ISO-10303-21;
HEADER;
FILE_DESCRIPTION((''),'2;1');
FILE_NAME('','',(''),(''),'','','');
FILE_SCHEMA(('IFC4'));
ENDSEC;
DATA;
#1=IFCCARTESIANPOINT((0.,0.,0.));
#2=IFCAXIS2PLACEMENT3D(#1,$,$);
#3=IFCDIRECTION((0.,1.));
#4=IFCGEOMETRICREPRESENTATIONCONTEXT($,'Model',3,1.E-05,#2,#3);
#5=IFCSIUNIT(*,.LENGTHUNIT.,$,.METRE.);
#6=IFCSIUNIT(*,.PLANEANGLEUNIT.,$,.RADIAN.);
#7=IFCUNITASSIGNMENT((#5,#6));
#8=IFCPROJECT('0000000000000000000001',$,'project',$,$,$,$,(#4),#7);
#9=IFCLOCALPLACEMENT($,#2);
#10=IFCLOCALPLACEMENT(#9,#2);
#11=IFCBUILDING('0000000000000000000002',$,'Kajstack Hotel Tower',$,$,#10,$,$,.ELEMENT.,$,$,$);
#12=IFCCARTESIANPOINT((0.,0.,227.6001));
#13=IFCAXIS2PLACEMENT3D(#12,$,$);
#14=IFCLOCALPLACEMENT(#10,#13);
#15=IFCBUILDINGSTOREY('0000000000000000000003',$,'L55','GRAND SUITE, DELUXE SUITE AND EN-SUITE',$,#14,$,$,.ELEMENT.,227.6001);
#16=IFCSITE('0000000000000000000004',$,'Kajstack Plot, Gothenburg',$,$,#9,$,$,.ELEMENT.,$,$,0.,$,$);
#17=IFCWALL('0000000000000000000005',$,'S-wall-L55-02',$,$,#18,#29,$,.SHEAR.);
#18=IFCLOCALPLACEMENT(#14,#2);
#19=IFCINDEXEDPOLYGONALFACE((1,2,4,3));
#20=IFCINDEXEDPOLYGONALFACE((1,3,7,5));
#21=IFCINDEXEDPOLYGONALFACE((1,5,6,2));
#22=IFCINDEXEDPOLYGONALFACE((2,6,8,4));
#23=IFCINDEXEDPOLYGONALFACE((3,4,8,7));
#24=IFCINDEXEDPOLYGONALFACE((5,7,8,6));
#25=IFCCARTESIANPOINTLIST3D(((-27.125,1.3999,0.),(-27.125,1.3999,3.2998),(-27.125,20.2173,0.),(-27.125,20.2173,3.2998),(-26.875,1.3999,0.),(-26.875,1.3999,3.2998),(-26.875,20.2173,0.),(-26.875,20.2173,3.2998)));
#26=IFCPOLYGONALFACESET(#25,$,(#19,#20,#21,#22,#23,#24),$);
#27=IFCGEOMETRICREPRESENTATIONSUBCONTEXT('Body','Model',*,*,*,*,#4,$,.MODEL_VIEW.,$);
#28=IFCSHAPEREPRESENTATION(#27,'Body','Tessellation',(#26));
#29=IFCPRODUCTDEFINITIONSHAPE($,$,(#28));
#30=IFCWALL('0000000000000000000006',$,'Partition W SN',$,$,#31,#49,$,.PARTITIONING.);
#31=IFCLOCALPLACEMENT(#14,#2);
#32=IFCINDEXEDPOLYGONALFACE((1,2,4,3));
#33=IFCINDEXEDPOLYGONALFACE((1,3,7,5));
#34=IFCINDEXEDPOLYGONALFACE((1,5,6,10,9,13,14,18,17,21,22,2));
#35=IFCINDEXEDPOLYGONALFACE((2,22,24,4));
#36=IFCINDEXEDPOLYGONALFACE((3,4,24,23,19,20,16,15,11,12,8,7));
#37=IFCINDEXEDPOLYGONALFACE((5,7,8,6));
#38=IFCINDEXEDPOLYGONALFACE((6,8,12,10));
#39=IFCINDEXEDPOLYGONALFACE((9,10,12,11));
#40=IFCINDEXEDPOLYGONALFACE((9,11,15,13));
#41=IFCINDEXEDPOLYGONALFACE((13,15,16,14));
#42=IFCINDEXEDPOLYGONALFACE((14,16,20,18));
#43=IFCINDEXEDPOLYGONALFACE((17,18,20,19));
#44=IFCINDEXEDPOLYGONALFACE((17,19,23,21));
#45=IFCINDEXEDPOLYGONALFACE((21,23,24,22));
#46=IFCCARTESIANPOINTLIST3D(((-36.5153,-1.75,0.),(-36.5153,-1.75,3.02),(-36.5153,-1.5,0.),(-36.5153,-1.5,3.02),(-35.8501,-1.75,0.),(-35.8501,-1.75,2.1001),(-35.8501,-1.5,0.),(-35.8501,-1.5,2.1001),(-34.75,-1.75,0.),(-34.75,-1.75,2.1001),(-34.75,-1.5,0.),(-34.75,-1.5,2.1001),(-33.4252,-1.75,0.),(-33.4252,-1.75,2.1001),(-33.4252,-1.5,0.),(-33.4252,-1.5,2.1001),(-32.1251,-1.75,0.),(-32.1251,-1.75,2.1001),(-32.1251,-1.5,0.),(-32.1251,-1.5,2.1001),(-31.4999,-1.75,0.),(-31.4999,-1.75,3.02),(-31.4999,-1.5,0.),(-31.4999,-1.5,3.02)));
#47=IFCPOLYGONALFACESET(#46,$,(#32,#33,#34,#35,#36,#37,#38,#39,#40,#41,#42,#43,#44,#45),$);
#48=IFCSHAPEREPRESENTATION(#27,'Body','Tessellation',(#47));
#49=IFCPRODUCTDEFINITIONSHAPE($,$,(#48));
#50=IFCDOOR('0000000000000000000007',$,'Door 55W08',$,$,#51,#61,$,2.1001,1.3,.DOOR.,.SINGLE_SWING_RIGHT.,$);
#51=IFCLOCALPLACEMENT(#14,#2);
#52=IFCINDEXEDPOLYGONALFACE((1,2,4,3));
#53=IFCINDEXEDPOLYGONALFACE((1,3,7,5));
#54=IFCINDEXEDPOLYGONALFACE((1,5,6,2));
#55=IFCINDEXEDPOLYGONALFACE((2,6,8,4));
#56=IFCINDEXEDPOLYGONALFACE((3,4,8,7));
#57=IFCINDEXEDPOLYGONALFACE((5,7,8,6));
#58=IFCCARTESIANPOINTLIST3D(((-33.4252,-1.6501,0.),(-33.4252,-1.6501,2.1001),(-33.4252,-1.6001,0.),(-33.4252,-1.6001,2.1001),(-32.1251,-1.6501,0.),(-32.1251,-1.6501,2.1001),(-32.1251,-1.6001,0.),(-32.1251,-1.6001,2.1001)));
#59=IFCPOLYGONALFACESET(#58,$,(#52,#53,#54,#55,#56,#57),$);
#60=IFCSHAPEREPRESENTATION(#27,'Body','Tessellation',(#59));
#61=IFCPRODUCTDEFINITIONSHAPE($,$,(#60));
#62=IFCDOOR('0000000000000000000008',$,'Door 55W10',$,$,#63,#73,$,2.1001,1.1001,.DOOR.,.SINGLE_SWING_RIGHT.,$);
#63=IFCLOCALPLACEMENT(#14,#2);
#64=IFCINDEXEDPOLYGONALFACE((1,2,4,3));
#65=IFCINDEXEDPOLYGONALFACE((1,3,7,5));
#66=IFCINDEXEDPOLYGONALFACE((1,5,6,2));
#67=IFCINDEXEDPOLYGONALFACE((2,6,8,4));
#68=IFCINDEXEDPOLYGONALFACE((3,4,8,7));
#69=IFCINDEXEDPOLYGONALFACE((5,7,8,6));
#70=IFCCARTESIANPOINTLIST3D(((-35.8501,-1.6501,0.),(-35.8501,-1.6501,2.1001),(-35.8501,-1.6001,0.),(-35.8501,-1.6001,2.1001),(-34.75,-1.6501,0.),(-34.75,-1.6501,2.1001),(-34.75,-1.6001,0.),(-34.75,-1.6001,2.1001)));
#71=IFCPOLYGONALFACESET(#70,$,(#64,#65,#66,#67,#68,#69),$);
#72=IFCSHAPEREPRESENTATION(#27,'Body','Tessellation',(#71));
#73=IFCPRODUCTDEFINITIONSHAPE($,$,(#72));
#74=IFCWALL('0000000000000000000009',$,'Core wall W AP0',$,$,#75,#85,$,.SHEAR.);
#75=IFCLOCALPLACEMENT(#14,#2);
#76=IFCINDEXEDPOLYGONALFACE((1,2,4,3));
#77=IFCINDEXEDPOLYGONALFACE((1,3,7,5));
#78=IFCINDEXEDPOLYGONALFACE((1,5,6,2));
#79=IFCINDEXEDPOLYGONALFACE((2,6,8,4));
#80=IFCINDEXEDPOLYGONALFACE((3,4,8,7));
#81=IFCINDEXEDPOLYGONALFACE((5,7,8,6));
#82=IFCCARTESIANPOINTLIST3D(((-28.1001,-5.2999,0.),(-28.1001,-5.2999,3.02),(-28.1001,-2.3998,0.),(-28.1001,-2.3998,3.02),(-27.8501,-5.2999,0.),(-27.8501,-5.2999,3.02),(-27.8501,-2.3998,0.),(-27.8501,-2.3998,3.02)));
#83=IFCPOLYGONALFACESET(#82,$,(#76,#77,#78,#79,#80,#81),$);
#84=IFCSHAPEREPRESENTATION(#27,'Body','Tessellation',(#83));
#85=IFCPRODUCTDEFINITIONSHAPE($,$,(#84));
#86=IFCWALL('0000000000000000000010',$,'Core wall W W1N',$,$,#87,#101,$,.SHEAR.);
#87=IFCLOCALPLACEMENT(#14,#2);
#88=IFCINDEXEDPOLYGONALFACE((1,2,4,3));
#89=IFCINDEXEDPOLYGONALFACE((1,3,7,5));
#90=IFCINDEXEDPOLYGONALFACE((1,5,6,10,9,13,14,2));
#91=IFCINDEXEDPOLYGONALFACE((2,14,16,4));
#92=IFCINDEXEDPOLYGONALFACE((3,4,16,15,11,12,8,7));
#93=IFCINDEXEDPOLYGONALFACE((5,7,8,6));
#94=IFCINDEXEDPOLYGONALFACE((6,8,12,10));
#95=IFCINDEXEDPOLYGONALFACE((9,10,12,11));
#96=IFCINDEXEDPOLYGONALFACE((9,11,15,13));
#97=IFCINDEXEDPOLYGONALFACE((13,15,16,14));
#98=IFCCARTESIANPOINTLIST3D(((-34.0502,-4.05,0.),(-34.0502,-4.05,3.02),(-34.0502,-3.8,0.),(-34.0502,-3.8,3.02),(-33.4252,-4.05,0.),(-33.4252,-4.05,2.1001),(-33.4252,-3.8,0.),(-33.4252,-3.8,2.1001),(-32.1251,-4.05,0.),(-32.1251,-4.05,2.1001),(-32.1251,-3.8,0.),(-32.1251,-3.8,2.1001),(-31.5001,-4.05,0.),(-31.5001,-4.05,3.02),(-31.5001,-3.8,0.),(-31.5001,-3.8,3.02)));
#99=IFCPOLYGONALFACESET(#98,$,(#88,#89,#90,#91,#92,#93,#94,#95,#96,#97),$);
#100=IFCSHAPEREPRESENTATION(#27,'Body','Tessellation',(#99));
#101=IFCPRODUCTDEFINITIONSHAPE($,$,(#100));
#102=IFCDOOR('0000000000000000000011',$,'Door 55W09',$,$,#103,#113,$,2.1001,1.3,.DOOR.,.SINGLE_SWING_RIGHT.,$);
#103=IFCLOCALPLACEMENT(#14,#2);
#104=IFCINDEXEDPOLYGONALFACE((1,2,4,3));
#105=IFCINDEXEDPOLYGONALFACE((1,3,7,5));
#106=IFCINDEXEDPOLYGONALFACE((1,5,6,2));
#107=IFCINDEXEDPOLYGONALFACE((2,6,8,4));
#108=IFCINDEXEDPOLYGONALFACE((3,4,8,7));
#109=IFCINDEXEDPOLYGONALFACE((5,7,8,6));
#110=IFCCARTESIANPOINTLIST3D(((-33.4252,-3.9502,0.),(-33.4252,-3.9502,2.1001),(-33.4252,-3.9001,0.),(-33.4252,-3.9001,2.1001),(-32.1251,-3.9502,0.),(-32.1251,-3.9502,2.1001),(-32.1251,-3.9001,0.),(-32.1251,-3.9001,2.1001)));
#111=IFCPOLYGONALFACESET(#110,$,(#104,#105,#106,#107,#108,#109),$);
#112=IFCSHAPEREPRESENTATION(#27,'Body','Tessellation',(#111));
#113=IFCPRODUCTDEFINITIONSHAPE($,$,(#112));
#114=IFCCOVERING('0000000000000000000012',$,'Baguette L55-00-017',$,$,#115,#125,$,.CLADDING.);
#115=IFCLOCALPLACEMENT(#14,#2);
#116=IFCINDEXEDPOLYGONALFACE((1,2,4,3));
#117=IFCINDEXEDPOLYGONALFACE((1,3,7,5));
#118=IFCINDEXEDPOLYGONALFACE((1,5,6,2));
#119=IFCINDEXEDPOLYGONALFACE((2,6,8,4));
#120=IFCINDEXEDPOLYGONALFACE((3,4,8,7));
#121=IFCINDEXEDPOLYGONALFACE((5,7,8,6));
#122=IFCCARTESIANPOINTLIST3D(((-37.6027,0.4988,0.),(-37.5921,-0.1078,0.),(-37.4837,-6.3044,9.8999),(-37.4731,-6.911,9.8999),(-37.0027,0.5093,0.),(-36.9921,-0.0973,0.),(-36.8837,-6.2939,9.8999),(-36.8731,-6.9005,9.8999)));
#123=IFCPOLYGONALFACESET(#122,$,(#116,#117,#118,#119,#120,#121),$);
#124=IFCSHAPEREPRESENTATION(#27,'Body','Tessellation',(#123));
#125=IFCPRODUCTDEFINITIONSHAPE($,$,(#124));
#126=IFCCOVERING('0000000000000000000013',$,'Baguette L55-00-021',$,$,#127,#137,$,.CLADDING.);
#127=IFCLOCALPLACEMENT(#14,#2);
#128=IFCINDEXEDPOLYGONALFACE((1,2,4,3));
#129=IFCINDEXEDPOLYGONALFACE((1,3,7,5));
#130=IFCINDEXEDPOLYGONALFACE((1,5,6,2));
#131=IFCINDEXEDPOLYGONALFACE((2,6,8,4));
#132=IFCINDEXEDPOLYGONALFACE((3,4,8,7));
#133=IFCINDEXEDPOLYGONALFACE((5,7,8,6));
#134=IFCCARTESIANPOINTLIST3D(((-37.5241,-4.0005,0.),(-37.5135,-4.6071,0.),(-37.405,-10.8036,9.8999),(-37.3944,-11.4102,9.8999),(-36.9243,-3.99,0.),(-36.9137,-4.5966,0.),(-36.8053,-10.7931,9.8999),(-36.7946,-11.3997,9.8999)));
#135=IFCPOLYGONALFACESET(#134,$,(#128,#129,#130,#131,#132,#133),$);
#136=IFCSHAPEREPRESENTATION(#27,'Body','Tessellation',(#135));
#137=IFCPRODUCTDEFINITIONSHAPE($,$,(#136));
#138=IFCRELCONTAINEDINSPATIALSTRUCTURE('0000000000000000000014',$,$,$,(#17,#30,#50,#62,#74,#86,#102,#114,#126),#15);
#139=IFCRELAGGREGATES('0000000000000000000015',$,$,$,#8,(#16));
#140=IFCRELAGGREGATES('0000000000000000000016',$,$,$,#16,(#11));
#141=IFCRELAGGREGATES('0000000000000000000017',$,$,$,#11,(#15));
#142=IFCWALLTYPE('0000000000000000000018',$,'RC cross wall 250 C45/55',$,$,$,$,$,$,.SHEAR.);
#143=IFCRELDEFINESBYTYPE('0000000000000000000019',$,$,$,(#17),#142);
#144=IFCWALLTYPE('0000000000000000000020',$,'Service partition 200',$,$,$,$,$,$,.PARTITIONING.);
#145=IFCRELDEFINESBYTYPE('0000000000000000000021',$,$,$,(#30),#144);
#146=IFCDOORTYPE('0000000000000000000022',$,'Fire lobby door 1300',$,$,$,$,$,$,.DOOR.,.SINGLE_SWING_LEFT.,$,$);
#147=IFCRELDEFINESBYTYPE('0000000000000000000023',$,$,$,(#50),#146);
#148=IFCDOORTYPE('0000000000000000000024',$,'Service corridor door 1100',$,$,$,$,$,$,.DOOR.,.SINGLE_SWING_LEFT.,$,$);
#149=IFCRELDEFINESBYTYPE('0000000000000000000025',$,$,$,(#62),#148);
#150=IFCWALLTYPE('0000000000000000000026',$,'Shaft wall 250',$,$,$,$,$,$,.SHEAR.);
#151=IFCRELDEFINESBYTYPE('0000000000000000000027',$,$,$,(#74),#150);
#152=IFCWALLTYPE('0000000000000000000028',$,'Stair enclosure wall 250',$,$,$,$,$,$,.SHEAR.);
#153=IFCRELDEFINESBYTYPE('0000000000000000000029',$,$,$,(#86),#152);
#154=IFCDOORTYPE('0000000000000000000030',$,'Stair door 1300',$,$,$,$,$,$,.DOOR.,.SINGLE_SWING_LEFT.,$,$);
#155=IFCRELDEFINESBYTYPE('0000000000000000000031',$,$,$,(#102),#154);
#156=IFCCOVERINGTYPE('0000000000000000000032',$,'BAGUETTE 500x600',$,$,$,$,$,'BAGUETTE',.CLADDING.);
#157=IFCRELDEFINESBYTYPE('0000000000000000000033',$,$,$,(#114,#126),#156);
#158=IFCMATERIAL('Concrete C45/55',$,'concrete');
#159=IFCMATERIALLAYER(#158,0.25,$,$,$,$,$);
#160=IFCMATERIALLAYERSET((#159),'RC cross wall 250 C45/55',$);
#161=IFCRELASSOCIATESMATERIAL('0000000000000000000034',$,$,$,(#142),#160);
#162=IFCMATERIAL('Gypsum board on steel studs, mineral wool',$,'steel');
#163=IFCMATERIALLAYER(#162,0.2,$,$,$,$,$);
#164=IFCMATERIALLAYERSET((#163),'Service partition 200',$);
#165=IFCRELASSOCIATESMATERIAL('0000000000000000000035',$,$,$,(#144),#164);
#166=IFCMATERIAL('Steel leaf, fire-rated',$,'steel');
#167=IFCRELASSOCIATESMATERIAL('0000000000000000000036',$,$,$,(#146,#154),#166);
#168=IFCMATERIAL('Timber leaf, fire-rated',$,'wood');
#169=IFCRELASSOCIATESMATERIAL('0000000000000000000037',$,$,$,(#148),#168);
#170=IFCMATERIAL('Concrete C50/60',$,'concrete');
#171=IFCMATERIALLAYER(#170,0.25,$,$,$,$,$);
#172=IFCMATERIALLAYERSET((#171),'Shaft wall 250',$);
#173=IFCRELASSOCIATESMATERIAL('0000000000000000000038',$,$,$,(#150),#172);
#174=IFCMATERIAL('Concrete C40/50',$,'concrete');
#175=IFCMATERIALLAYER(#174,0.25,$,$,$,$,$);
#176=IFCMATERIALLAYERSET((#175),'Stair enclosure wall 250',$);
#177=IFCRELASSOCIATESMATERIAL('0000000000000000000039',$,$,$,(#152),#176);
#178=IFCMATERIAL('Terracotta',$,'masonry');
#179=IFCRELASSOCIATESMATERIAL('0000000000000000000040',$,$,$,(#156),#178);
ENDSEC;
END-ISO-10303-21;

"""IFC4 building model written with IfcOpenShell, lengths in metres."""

from ifc_helpers import new_model, si_unit, direction, frame, frame_2d, origin, origin_2d, place, context, subcontext, project, spatial, polyline, rectangle, outline, extrude, material, layer, layer_set, material_profile, profile_set, type_object, element, fill, save


model = new_model("IFC4")

# Units and contexts
model_context = context("Model", 3, precision=1e-05, world=origin(), true_north=direction((0.0, 1.0)))
body_context = subcontext(model_context, "Body", "Model", "MODEL_VIEW")
ifc_project = project(units=[si_unit("LENGTHUNIT", "METRE"), si_unit("PLANEANGLEUNIT", "RADIAN")], contexts=[model_context])

# Site, building, storey
site_placement = place(None, origin())
site = spatial("IfcSite", under=ifc_project, at=site_placement, Name="Kajstack Plot, Gothenburg", CompositionType="ELEMENT", RefElevation=0.0)
building_placement = place(site_placement, origin())
building = spatial("IfcBuilding", under=site, at=building_placement, Name="Kajstack Hotel Tower", CompositionType="ELEMENT")
storey_placement = place(building_placement, frame((0.0, 0.0, 227.6001)))
storey = spatial("IfcBuildingStorey", under=building, at=storey_placement, Name="L55", Description="GRAND SUITE, DELUXE SUITE AND EN-SUITE", CompositionType="ELEMENT", Elevation=227.6001)

# Shared definitions
ifc_material_1 = material(Name="Gypsum board on steel studs, mineral wool", Category="steel")

# Wall
ifc_material_2 = material(Name="Concrete C50/60", Category="concrete")
ifc_material_3 = material(Name="Concrete C45/55", Category="concrete")
ifc_layer_1 = layer(ifc_material_3, 0.25)
ifc_layer_set_1 = layer_set([ifc_layer_1], Name="RC cross wall 250 C45/55")
wall_type_1 = type_object("IfcWallType", Name="RC cross wall 250 C45/55", PredefinedType="SHEAR", material=ifc_layer_set_1)
wall_1_placement = place(storey_placement, frame((-27.0, 1.3999, 0.0), z_axis=(0.0, 0.0, 1.0), x_axis=(0.0, 1.0, 0.0)))
element("IfcWall", 1, at=wall_1_placement, inside=storey, type_object=wall_type_1, Name="S-wall-L55-02", PredefinedType="SHEAR", context=body_context, shape_type="SweptSolid", body=[
    extrude(rectangle(XDim=18.8174, YDim=0.25, at=frame_2d((9.4087, 0.0))), origin(), (0.0, 0.0, 1.0), 3.2998),
])

# Wall, openings, doors
ifc_layer_2 = layer(ifc_material_1, 0.2)
ifc_layer_set_2 = layer_set([ifc_layer_2], Name="Service partition 200")
wall_type_2 = type_object("IfcWallType", Name="Service partition 200", PredefinedType="PARTITIONING", material=ifc_layer_set_2)
wall_2_placement = place(storey_placement, frame((-36.5154, -1.625, 0.0), z_axis=(0.0, 0.0, 1.0), x_axis=(1.0, 0.0, 0.0)))
wall_2 = element("IfcWall", 2, at=wall_2_placement, inside=storey, type_object=wall_type_2, Name="Partition W SN", PredefinedType="PARTITIONING", context=body_context, shape_type="SweptSolid", body=[
    extrude(rectangle(XDim=5.0154, YDim=0.25, at=frame_2d((2.5078, 0.0))), origin(), (0.0, 0.0, 1.0), 3.02),
])
opening_1_placement = place(wall_2_placement, frame((3.0903, 0.0, 0.0)))
opening_1 = element("IfcOpeningElement", 3, at=opening_1_placement, cuts=wall_2, PredefinedType="OPENING", context=body_context, shape_type="SweptSolid", body=[
    extrude(rectangle(XDim=1.3, YDim=2.1001, at=frame_2d((0.6499, 1.05))), frame((0.0, 0.135, 0.0), z_axis=(0.0, -1.0, 0.0), x_axis=(1.0, 0.0, 0.0)), (0.0, 0.0, 1.0), 0.27),
])
opening_2_placement = place(wall_2_placement, frame((0.6653, 0.0, 0.0)))
opening_2 = element("IfcOpeningElement", 4, at=opening_2_placement, cuts=wall_2, PredefinedType="OPENING", context=body_context, shape_type="SweptSolid", body=[
    extrude(rectangle(XDim=1.1001, YDim=2.1001, at=frame_2d((0.55, 1.05))), frame((0.0, 0.135, 0.0), z_axis=(0.0, -1.0, 0.0), x_axis=(1.0, 0.0, 0.0)), (0.0, 0.0, 1.0), 0.27),
])
ifc_material_4 = material(Name="Steel leaf, fire-rated", Category="steel")
door_type_1 = type_object("IfcDoorType", Name="Fire lobby door 1300", OperationType="SINGLE_SWING_LEFT", PredefinedType="DOOR", material=ifc_material_4)
door_1_placement = place(opening_1_placement, origin())
door_1 = element("IfcDoor", 5, at=door_1_placement, inside=storey, type_object=door_type_1, Name="Door 55W08", OperationType="SINGLE_SWING_RIGHT", OverallHeight=2.1001, OverallWidth=1.3, PredefinedType="DOOR", context=body_context, shape_type="SweptSolid", body=[
    extrude(rectangle(XDim=1.3, YDim=2.1001, at=frame_2d((0.6499, 1.05))), frame((0.0, 0.0249, 0.0), z_axis=(0.0, -1.0, 0.0), x_axis=(1.0, 0.0, 0.0)), (0.0, 0.0, 1.0), 0.05),
])
fill(opening_1, door_1)
ifc_material_5 = material(Name="Timber leaf, fire-rated", Category="wood")
door_type_2 = type_object("IfcDoorType", Name="Service corridor door 1100", OperationType="SINGLE_SWING_LEFT", PredefinedType="DOOR", material=ifc_material_5)
door_2_placement = place(opening_2_placement, origin())
door_2 = element("IfcDoor", 6, at=door_2_placement, inside=storey, type_object=door_type_2, Name="Door 55W10", OperationType="SINGLE_SWING_RIGHT", OverallHeight=2.1001, OverallWidth=1.1001, PredefinedType="DOOR", context=body_context, shape_type="SweptSolid", body=[
    extrude(rectangle(XDim=1.1001, YDim=2.1001, at=frame_2d((0.55, 1.05))), frame((0.0, 0.0249, 0.0), z_axis=(0.0, -1.0, 0.0), x_axis=(1.0, 0.0, 0.0)), (0.0, 0.0, 1.0), 0.05),
])
fill(opening_2, door_2)

# Wall
ifc_layer_3 = layer(ifc_material_2, 0.25)
ifc_layer_set_3 = layer_set([ifc_layer_3], Name="Shaft wall 250")
wall_type_3 = type_object("IfcWallType", Name="Shaft wall 250", PredefinedType="SHEAR", material=ifc_layer_set_3)
wall_3_placement = place(storey_placement, frame((-27.9751, -5.3, 0.0), z_axis=(0.0, 0.0, 1.0), x_axis=(0.0, 1.0, 0.0)))
element("IfcWall", 7, at=wall_3_placement, inside=storey, type_object=wall_type_3, Name="Core wall W AP0", PredefinedType="SHEAR", context=body_context, shape_type="SweptSolid", body=[
    extrude(rectangle(XDim=2.9001, YDim=0.25, at=frame_2d((1.4502, 0.0))), origin(), (0.0, 0.0, 1.0), 3.02),
])

# Wall, opening, door
ifc_material_6 = material(Name="Concrete C40/50", Category="concrete")
ifc_layer_4 = layer(ifc_material_6, 0.25)
ifc_layer_set_4 = layer_set([ifc_layer_4], Name="Stair enclosure wall 250")
wall_type_4 = type_object("IfcWallType", Name="Stair enclosure wall 250", PredefinedType="SHEAR", material=ifc_layer_set_4)
wall_4_placement = place(storey_placement, frame((-34.05, -3.925, 0.0), z_axis=(0.0, 0.0, 1.0), x_axis=(1.0, 0.0, 0.0)))
wall_4 = element("IfcWall", 8, at=wall_4_placement, inside=storey, type_object=wall_type_4, Name="Core wall W W1N", PredefinedType="SHEAR", context=body_context, shape_type="SweptSolid", body=[
    extrude(rectangle(XDim=2.55, YDim=0.25, at=frame_2d((1.2749, 0.0))), origin(), (0.0, 0.0, 1.0), 3.02),
])
opening_3_placement = place(wall_4_placement, frame((0.625, 0.0, 0.0)))
opening_3 = element("IfcOpeningElement", 9, at=opening_3_placement, cuts=wall_4, PredefinedType="OPENING", context=body_context, shape_type="SweptSolid", body=[
    extrude(rectangle(XDim=1.3, YDim=2.1001, at=frame_2d((0.6499, 1.05))), frame((0.0, 0.135, 0.0), z_axis=(0.0, -1.0, 0.0), x_axis=(1.0, 0.0, 0.0)), (0.0, 0.0, 1.0), 0.27),
])
door_type_3 = type_object("IfcDoorType", Name="Stair door 1300", OperationType="SINGLE_SWING_LEFT", PredefinedType="DOOR", material=ifc_material_4)
door_3_placement = place(opening_3_placement, origin())
door_3 = element("IfcDoor", 10, at=door_3_placement, inside=storey, type_object=door_type_3, Name="Door 55W09", OperationType="SINGLE_SWING_RIGHT", OverallHeight=2.1001, OverallWidth=1.3, PredefinedType="DOOR", context=body_context, shape_type="SweptSolid", body=[
    extrude(rectangle(XDim=1.3, YDim=2.1001, at=frame_2d((0.6499, 1.05))), frame((0.0, 0.0249, 0.0), z_axis=(0.0, -1.0, 0.0), x_axis=(1.0, 0.0, 0.0)), (0.0, 0.0, 1.0), 0.05),
])
fill(opening_3, door_3)

# Coverings
ifc_material_7 = material(Name="Terracotta", Category="masonry")
ifc_material_profile = material_profile(ifc_material_7, rectangle(XDim=0.6001, YDim=0.5, at=origin_2d()), Name="Terracotta-clad concrete baguette 500 x 600")
ifc_profile_set = profile_set([ifc_material_profile], Name="Terracotta")
covering_type = type_object("IfcCoveringType", Name="BAGUETTE 500x600", ElementType="BAGUETTE", PredefinedType="CLADDING", material=ifc_profile_set)
covering_1_placement = place(storey_placement, frame((-37.0027, 0.5093, 0.0), z_axis=(-0.999847, -0.017491, 0.0), x_axis=(0.017491, -0.999847, 0.0)))
element("IfcCovering", 11, at=covering_1_placement, inside=storey, type_object=covering_type, Name="Baguette L55-00-017", PredefinedType="CLADDING", context=body_context, shape_type="SweptSolid", body=[
    extrude(outline(polyline([(6.8042, 9.8999), (0.0, 0.0), (0.6067, 0.0), (7.4109, 9.8999), (6.8042, 9.8999)])), origin(), (0.0, 0.0, 1.0), 0.6001),
])
covering_2_placement = place(storey_placement, frame((-36.9243, -3.99, 0.0), z_axis=(-0.999847, -0.017498, 0.0), x_axis=(0.017498, -0.999847, 0.0)))
element("IfcCovering", 12, at=covering_2_placement, inside=storey, type_object=covering_type, Name="Baguette L55-00-021", PredefinedType="CLADDING", context=body_context, shape_type="SweptSolid", body=[
    extrude(outline(polyline([(6.8042, 9.8999), (0.0, 0.0), (0.6067, 0.0), (7.4109, 9.8999), (6.8042, 9.8999)])), origin(), (0.0, 0.0, 1.0), 0.5999),
])

save(model, "model.ifc")
